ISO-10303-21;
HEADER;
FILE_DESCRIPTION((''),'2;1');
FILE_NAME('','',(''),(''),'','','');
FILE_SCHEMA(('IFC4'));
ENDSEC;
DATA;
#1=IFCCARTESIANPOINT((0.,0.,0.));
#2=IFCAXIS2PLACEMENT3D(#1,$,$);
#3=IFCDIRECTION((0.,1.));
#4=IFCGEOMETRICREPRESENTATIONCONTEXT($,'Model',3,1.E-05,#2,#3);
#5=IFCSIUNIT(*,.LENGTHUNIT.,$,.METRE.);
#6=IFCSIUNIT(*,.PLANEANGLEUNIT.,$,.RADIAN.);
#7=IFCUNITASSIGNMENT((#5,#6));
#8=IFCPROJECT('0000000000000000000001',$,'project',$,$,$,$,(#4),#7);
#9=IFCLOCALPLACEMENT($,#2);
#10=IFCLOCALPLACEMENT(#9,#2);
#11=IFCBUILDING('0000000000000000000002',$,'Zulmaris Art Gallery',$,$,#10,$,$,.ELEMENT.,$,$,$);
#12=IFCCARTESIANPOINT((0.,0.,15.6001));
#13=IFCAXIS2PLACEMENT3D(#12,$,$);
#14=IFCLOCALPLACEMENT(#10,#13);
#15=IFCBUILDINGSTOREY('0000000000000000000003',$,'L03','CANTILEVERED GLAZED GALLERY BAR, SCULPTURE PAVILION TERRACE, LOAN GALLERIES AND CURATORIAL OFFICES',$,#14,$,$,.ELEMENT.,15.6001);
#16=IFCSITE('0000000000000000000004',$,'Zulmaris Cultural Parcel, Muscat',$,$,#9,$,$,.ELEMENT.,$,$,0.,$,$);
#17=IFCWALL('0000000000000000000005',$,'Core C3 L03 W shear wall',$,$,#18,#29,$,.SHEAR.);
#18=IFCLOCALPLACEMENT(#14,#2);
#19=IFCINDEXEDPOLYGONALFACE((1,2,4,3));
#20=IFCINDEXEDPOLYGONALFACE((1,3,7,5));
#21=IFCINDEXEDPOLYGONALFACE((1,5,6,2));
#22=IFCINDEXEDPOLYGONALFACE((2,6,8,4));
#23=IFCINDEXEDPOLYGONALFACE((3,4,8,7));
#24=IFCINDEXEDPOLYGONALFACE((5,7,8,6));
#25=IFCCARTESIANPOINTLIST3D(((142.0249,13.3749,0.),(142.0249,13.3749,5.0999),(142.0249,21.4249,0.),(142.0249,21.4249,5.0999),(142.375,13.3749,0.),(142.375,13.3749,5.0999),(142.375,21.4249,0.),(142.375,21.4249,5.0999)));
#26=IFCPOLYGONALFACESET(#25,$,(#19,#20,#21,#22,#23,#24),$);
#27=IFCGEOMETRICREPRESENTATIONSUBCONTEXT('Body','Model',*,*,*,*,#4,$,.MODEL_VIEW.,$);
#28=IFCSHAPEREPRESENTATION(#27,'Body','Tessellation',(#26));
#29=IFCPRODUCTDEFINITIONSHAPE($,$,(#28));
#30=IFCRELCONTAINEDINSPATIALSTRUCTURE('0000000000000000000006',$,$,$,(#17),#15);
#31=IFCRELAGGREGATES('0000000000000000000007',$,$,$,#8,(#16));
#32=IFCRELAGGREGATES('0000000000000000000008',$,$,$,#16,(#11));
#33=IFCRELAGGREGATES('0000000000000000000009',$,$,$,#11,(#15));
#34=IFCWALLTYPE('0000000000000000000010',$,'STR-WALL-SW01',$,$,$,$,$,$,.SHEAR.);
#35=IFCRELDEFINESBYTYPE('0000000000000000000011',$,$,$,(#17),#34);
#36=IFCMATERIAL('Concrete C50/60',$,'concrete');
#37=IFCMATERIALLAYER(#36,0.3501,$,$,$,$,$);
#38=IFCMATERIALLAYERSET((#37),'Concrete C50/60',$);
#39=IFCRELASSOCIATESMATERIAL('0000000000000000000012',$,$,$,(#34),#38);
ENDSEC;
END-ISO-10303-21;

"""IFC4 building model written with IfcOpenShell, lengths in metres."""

from ifc_helpers import new_model, si_unit, direction, frame, frame_2d, origin, place, context, subcontext, project, spatial, rectangle, extrude, material, layer, layer_set, type_object, element, save


model = new_model("IFC4")

# Units and contexts
model_context = context("Model", 3, precision=1e-05, world=origin(), true_north=direction((0.0, 1.0)))
body_context = subcontext(model_context, "Body", "Model", "MODEL_VIEW")
ifc_project = project(units=[si_unit("LENGTHUNIT", "METRE"), si_unit("PLANEANGLEUNIT", "RADIAN")], contexts=[model_context])

# Site, building, storey
site_placement = place(None, origin())
site = spatial("IfcSite", under=ifc_project, at=site_placement, Name="Zulmaris Cultural Parcel, Muscat", CompositionType="ELEMENT", RefElevation=0.0)
building_placement = place(site_placement, origin())
building = spatial("IfcBuilding", under=site, at=building_placement, Name="Zulmaris Art Gallery", CompositionType="ELEMENT")
storey_placement = place(building_placement, frame((0.0, 0.0, 15.6001)))
storey = spatial("IfcBuildingStorey", under=building, at=storey_placement, Name="L03", Description="CANTILEVERED GLAZED GALLERY BAR, SCULPTURE PAVILION TERRACE, LOAN GALLERIES AND CURATORIAL OFFICES", CompositionType="ELEMENT", Elevation=15.6001)

# Wall
ifc_material_1 = material(Name="Concrete C50/60", Category="concrete")
ifc_layer_1 = layer(ifc_material_1, 0.3501)
ifc_layer_set_1 = layer_set([ifc_layer_1], Name="Concrete C50/60")
wall_type_1 = type_object("IfcWallType", Name="STR-WALL-SW01", PredefinedType="SHEAR", material=ifc_layer_set_1)
wall_1_placement = place(storey_placement, frame((142.2, 13.375, 0.0), z_axis=(0.0, 0.0, 1.0), x_axis=(0.0, 1.0, 0.0)))
element("IfcWall", 1, at=wall_1_placement, inside=storey, type_object=wall_type_1, Name="Core C3 L03 W shear wall", PredefinedType="SHEAR", context=body_context, shape_type="SweptSolid", body=[
    extrude(rectangle(XDim=8.05, YDim=0.3501, at=frame_2d((4.0249, 0.0))), origin(), (0.0, 0.0, 1.0), 5.0999),
])

save(model, "model.ifc")
